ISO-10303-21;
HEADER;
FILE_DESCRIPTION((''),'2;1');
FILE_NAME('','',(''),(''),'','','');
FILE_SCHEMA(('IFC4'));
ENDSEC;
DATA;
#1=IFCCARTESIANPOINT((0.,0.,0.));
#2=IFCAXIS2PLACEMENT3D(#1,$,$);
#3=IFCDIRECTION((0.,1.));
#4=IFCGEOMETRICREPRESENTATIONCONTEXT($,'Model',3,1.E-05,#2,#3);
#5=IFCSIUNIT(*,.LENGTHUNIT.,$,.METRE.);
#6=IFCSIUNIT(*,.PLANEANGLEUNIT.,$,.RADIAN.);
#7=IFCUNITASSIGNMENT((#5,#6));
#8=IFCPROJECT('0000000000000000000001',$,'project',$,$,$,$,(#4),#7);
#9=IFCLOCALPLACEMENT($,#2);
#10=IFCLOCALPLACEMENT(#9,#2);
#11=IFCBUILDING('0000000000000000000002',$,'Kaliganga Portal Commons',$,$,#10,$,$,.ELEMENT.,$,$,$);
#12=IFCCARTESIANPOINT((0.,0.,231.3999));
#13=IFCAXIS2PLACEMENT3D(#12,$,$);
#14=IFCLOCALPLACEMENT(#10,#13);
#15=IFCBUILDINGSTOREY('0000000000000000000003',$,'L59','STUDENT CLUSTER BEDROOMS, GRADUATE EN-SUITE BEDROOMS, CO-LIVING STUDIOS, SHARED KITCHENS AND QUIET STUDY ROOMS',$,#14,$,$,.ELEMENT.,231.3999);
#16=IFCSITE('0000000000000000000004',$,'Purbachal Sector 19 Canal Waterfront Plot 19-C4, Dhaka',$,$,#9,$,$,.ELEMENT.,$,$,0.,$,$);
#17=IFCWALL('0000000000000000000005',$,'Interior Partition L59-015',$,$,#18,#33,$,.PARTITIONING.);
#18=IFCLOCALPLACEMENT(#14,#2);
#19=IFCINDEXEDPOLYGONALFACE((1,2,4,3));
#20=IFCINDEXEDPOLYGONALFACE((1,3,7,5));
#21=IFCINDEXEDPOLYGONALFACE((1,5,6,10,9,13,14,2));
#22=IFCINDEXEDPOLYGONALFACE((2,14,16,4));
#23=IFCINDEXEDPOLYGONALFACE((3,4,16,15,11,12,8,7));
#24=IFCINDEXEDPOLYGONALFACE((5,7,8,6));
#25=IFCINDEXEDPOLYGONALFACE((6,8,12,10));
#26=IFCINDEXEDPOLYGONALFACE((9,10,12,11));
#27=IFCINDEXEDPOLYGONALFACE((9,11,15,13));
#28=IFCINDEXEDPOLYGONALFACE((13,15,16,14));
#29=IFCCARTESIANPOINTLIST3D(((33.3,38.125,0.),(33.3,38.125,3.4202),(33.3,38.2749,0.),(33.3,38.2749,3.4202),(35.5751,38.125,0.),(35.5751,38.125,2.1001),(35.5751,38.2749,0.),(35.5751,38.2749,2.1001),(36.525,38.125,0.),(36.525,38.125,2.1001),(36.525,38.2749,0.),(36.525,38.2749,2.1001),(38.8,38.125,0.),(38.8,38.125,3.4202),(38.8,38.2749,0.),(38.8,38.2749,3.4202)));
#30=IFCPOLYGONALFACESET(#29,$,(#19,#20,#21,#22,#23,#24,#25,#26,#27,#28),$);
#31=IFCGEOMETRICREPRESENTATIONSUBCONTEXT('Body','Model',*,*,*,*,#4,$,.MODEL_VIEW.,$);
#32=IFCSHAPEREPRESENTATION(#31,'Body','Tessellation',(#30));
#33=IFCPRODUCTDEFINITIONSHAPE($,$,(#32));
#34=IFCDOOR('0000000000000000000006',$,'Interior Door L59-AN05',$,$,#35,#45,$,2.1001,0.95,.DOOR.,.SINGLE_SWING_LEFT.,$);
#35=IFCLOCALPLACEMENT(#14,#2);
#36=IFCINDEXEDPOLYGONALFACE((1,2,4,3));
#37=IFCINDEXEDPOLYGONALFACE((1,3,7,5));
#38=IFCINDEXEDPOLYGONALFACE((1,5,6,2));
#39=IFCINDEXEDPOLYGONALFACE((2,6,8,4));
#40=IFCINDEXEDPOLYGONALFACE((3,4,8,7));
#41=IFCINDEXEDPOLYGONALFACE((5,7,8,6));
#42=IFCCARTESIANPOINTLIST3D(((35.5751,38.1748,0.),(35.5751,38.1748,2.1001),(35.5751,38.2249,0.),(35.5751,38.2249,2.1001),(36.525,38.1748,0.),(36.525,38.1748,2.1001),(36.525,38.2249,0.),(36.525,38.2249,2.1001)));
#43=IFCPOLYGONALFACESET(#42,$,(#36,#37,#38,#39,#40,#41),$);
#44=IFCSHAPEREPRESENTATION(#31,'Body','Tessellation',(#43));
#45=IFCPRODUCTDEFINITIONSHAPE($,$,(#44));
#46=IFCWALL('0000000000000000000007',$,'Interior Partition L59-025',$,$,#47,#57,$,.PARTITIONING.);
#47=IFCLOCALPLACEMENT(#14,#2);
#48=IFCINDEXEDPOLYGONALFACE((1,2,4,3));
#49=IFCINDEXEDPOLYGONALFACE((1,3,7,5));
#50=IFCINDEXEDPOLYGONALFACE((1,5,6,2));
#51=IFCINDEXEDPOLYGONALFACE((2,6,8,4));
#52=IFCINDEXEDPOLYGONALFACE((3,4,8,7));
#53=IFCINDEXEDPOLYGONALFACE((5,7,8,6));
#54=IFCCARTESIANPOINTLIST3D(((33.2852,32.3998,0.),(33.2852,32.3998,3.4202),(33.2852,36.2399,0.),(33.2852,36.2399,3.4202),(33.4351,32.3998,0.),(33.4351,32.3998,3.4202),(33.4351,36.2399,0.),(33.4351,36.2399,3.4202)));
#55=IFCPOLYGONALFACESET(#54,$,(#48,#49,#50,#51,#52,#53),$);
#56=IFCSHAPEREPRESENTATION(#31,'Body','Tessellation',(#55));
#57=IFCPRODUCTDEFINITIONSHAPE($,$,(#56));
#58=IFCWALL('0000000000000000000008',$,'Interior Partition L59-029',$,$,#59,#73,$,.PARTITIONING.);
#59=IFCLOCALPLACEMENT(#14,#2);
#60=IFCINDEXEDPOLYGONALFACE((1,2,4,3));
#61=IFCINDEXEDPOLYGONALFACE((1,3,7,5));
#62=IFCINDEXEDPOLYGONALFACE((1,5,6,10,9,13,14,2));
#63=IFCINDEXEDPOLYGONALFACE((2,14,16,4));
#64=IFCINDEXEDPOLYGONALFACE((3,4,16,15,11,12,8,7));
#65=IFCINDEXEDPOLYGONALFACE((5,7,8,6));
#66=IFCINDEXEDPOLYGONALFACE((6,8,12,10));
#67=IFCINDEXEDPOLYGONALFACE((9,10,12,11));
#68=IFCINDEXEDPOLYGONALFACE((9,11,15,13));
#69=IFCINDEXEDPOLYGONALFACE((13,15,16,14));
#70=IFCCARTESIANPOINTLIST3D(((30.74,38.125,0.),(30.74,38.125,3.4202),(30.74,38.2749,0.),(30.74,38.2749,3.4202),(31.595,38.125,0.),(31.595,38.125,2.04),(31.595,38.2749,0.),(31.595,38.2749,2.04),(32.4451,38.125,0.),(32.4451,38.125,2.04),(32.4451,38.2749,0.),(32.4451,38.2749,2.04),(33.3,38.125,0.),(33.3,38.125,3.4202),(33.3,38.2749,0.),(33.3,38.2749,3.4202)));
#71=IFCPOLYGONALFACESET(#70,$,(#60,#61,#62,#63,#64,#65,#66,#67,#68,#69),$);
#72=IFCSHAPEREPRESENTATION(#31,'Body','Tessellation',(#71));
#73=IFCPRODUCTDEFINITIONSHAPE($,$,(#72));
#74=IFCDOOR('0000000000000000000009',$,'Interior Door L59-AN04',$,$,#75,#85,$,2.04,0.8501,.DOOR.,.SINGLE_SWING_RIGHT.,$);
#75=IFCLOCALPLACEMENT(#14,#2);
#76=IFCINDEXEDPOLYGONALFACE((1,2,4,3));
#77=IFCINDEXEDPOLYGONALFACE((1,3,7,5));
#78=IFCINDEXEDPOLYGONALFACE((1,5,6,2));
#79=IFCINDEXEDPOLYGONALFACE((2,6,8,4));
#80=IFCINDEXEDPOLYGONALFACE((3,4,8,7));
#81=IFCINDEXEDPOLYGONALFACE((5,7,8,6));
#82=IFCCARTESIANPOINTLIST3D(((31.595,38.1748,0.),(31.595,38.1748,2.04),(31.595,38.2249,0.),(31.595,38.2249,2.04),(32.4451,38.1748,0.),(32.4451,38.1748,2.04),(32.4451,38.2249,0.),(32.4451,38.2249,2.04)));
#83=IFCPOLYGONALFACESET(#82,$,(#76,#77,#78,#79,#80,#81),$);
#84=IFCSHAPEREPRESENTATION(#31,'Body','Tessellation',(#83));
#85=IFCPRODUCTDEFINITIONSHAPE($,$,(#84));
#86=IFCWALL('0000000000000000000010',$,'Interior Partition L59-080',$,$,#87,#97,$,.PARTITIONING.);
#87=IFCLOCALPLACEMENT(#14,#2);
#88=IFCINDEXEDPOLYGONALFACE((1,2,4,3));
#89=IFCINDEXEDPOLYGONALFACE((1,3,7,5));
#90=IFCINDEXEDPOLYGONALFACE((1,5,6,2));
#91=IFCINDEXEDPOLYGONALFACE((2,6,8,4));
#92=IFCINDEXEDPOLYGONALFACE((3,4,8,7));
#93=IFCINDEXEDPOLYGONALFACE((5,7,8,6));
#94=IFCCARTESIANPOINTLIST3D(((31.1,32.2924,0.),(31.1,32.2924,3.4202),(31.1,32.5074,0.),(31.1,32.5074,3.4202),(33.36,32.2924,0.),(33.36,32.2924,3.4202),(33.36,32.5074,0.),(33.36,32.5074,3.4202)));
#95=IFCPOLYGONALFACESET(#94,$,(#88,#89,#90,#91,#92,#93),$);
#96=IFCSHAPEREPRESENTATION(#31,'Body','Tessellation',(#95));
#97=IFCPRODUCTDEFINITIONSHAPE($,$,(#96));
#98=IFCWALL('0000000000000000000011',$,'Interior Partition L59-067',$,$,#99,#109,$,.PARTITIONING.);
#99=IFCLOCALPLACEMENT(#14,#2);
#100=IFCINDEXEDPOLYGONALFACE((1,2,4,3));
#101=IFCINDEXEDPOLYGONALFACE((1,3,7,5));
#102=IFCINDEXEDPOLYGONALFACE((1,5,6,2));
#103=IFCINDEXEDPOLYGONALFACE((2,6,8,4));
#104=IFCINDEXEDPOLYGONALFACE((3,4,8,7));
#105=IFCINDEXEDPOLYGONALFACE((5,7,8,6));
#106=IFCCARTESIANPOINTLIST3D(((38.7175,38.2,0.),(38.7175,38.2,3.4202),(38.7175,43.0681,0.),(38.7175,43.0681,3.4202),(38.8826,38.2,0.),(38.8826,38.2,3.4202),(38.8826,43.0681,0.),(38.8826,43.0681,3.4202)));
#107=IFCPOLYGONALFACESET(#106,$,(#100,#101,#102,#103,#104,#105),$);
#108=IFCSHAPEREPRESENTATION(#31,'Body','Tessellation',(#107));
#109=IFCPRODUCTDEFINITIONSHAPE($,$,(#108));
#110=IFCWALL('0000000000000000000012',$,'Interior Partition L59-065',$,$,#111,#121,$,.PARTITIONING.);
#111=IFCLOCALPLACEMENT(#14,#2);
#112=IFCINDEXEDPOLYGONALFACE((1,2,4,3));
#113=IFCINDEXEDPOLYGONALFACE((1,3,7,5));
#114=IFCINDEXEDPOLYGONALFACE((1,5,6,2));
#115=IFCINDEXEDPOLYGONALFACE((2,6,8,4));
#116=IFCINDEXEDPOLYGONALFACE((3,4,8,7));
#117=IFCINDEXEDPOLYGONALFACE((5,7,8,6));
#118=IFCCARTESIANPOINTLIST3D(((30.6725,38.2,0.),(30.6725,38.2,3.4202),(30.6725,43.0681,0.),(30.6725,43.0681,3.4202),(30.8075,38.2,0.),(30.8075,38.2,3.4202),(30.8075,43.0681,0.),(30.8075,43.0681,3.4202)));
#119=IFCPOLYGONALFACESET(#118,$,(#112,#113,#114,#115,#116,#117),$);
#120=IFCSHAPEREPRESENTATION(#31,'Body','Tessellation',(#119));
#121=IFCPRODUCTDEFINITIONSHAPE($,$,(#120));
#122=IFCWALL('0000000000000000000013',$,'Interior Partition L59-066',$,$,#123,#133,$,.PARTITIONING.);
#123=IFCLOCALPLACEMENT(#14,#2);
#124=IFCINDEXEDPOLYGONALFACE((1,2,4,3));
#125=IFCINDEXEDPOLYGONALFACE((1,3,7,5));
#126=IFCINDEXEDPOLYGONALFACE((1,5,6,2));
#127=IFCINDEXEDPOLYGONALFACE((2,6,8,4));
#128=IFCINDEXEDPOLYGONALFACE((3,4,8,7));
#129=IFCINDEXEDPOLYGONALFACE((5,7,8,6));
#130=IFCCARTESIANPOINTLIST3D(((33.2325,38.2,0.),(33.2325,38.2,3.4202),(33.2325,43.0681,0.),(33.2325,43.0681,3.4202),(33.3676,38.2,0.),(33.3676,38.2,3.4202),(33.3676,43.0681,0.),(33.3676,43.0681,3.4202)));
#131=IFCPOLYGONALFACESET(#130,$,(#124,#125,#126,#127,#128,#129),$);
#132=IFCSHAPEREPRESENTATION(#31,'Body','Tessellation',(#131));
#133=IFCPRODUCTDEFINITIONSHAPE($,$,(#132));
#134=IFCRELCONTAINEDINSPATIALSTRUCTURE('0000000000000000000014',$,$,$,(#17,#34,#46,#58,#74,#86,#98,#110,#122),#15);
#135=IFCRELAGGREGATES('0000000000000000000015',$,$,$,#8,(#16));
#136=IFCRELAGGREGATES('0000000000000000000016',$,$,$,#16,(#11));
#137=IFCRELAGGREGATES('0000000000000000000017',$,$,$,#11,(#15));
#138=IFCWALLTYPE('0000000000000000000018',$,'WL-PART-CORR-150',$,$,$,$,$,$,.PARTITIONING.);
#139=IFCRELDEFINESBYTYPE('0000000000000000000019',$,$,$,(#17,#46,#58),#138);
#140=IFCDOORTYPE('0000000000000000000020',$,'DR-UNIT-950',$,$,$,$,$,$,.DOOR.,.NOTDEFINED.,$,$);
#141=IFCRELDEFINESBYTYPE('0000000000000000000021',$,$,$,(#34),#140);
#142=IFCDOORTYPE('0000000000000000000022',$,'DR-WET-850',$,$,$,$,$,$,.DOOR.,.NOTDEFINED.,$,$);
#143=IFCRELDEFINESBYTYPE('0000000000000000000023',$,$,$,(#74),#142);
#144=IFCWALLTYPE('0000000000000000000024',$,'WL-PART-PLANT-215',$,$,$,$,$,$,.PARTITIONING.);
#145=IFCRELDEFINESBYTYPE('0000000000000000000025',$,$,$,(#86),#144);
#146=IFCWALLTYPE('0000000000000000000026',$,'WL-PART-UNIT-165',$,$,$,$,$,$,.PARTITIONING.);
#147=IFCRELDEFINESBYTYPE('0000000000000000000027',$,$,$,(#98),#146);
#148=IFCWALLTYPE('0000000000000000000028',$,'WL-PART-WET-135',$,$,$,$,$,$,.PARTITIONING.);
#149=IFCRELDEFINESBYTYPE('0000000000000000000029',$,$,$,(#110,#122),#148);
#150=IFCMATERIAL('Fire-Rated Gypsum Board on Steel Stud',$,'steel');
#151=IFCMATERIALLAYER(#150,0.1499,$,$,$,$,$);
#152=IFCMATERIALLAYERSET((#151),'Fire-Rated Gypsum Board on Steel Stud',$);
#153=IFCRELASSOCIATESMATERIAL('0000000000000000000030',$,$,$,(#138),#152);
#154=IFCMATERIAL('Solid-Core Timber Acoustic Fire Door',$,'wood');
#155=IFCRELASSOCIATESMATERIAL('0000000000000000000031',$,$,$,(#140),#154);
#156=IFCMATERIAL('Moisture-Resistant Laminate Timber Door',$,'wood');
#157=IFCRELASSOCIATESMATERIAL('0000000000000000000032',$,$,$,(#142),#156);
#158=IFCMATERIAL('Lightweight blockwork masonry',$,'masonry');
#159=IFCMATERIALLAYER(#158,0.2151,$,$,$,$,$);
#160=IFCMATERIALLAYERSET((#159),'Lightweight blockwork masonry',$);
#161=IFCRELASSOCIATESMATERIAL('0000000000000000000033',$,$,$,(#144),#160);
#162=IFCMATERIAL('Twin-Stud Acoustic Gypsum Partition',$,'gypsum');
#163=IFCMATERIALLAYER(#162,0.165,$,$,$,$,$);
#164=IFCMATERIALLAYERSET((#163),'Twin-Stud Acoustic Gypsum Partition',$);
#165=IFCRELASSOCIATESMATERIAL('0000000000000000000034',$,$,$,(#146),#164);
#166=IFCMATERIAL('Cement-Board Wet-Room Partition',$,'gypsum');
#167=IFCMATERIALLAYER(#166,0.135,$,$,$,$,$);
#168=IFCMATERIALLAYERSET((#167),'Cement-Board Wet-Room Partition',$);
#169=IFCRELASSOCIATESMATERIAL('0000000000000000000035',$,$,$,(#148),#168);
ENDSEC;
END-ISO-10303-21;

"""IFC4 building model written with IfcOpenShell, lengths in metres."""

from ifc_helpers import new_model, si_unit, direction, frame, frame_2d, origin, place, context, subcontext, project, spatial, rectangle, extrude, material, layer, layer_set, type_object, element, fill, save


model = new_model("IFC4")

# Units and contexts
model_context = context("Model", 3, precision=1e-05, world=origin(), true_north=direction((0.0, 1.0)))
body_context = subcontext(model_context, "Body", "Model", "MODEL_VIEW")
ifc_project = project(units=[si_unit("LENGTHUNIT", "METRE"), si_unit("PLANEANGLEUNIT", "RADIAN")], contexts=[model_context])

# Site, building, storey
site_placement = place(None, origin())
site = spatial("IfcSite", under=ifc_project, at=site_placement, Name="Purbachal Sector 19 Canal Waterfront Plot 19-C4, Dhaka", CompositionType="ELEMENT", RefElevation=0.0)
building_placement = place(site_placement, origin())
building = spatial("IfcBuilding", under=site, at=building_placement, Name="Kaliganga Portal Commons", CompositionType="ELEMENT")
storey_placement = place(building_placement, frame((0.0, 0.0, 231.3999)))
storey = spatial("IfcBuildingStorey", under=building, at=storey_placement, Name="L59", Description="STUDENT CLUSTER BEDROOMS, GRADUATE EN-SUITE BEDROOMS, CO-LIVING STUDIOS, SHARED KITCHENS AND QUIET STUDY ROOMS", CompositionType="ELEMENT", Elevation=231.3999)

# Shared definitions
ifc_material_1 = material(Name="Fire-Rated Gypsum Board on Steel Stud", Category="steel")
ifc_layer_1 = layer(ifc_material_1, 0.1499)
ifc_layer_set_1 = layer_set([ifc_layer_1], Name="Fire-Rated Gypsum Board on Steel Stud")
wall_type_1 = type_object("IfcWallType", Name="WL-PART-CORR-150", PredefinedType="PARTITIONING", material=ifc_layer_set_1)

# Wall, opening, door
wall_1_placement = place(storey_placement, frame((33.3, 38.2, 0.0), z_axis=(0.0, 0.0, 1.0), x_axis=(1.0, 0.0, 0.0)))
wall_1 = element("IfcWall", 1, at=wall_1_placement, inside=storey, type_object=wall_type_1, Name="Interior Partition L59-015", PredefinedType="PARTITIONING", context=body_context, shape_type="SweptSolid", body=[
    extrude(rectangle(XDim=5.5, YDim=0.1499, at=frame_2d((2.75, 0.0))), origin(), (0.0, 0.0, 1.0), 3.4202),
])
opening_1_placement = place(wall_1_placement, frame((2.2749, 0.0, 0.0)))
opening_1 = element("IfcOpeningElement", 2, at=opening_1_placement, cuts=wall_1, PredefinedType="OPENING", context=body_context, shape_type="SweptSolid", body=[
    extrude(rectangle(XDim=0.95, YDim=2.1001, at=frame_2d((0.4751, 1.05))), frame((0.0, 0.085, 0.0), z_axis=(0.0, -1.0, 0.0), x_axis=(1.0, 0.0, 0.0)), (0.0, 0.0, 1.0), 0.1699),
])
ifc_material_2 = material(Name="Solid-Core Timber Acoustic Fire Door", Category="wood")
door_type_1 = type_object("IfcDoorType", Name="DR-UNIT-950", OperationType="NOTDEFINED", PredefinedType="DOOR", material=ifc_material_2)
door_1_placement = place(opening_1_placement, origin())
door_1 = element("IfcDoor", 3, at=door_1_placement, inside=storey, type_object=door_type_1, Name="Interior Door L59-AN05", OperationType="SINGLE_SWING_LEFT", OverallHeight=2.1001, OverallWidth=0.95, PredefinedType="DOOR", context=body_context, shape_type="SweptSolid", body=[
    extrude(rectangle(XDim=0.95, YDim=2.1001, at=frame_2d((0.4751, 1.05))), frame((0.0, 0.0249, 0.0), z_axis=(0.0, -1.0, 0.0), x_axis=(1.0, 0.0, 0.0)), (0.0, 0.0, 1.0), 0.05),
])
fill(opening_1, door_1)

# Wall
wall_2_placement = place(storey_placement, frame((33.3601, 32.3999, 0.0), z_axis=(0.0, 0.0, 1.0), x_axis=(0.0, 1.0, 0.0)))
element("IfcWall", 4, at=wall_2_placement, inside=storey, type_object=wall_type_1, Name="Interior Partition L59-025", PredefinedType="PARTITIONING", context=body_context, shape_type="SweptSolid", body=[
    extrude(rectangle(XDim=3.8401, YDim=0.1499, at=frame_2d((1.9199, 0.0))), origin(), (0.0, 0.0, 1.0), 3.4202),
])

# Wall, opening, door
wall_3_placement = place(storey_placement, frame((30.74, 38.2, 0.0), z_axis=(0.0, 0.0, 1.0), x_axis=(1.0, 0.0, 0.0)))
wall_3 = element("IfcWall", 5, at=wall_3_placement, inside=storey, type_object=wall_type_1, Name="Interior Partition L59-029", PredefinedType="PARTITIONING", context=body_context, shape_type="SweptSolid", body=[
    extrude(rectangle(XDim=2.5601, YDim=0.1499, at=frame_2d((1.28, 0.0))), origin(), (0.0, 0.0, 1.0), 3.4202),
])
opening_2_placement = place(wall_3_placement, frame((0.855, 0.0, 0.0)))
opening_2 = element("IfcOpeningElement", 6, at=opening_2_placement, cuts=wall_3, PredefinedType="OPENING", context=body_context, shape_type="SweptSolid", body=[
    extrude(rectangle(XDim=0.8501, YDim=2.04, at=frame_2d((0.425, 1.02))), frame((0.0, 0.085, 0.0), z_axis=(0.0, -1.0, 0.0), x_axis=(1.0, 0.0, 0.0)), (0.0, 0.0, 1.0), 0.1699),
])
ifc_material_3 = material(Name="Moisture-Resistant Laminate Timber Door", Category="wood")
door_type_2 = type_object("IfcDoorType", Name="DR-WET-850", OperationType="NOTDEFINED", PredefinedType="DOOR", material=ifc_material_3)
door_2_placement = place(opening_2_placement, origin())
door_2 = element("IfcDoor", 7, at=door_2_placement, inside=storey, type_object=door_type_2, Name="Interior Door L59-AN04", OperationType="SINGLE_SWING_RIGHT", OverallHeight=2.04, OverallWidth=0.8501, PredefinedType="DOOR", context=body_context, shape_type="SweptSolid", body=[
    extrude(rectangle(XDim=0.8501, YDim=2.04, at=frame_2d((0.425, 1.02))), frame((0.0, 0.0249, 0.0), z_axis=(0.0, -1.0, 0.0), x_axis=(1.0, 0.0, 0.0)), (0.0, 0.0, 1.0), 0.05),
])
fill(opening_2, door_2)

# Walls
ifc_material_4 = material(Name="Lightweight blockwork masonry", Category="masonry")
ifc_layer_2 = layer(ifc_material_4, 0.2151)
ifc_layer_set_2 = layer_set([ifc_layer_2], Name="Lightweight blockwork masonry")
wall_type_2 = type_object("IfcWallType", Name="WL-PART-PLANT-215", PredefinedType="PARTITIONING", material=ifc_layer_set_2)
wall_4_placement = place(storey_placement, frame((31.1001, 32.3999, 0.0), z_axis=(0.0, 0.0, 1.0), x_axis=(1.0, 0.0, 0.0)))
element("IfcWall", 8, at=wall_4_placement, inside=storey, type_object=wall_type_2, Name="Interior Partition L59-080", PredefinedType="PARTITIONING", context=body_context, shape_type="SweptSolid", body=[
    extrude(rectangle(XDim=2.26, YDim=0.2151, at=frame_2d((1.1299, 0.0))), origin(), (0.0, 0.0, 1.0), 3.4202),
])
ifc_material_5 = material(Name="Twin-Stud Acoustic Gypsum Partition", Category="gypsum")
ifc_layer_3 = layer(ifc_material_5, 0.165)
ifc_layer_set_3 = layer_set([ifc_layer_3], Name="Twin-Stud Acoustic Gypsum Partition")
wall_type_3 = type_object("IfcWallType", Name="WL-PART-UNIT-165", PredefinedType="PARTITIONING", material=ifc_layer_set_3)
wall_5_placement = place(storey_placement, frame((38.8, 38.2, 0.0), z_axis=(0.0, 0.0, 1.0), x_axis=(0.0, 1.0, 0.0)))
element("IfcWall", 9, at=wall_5_placement, inside=storey, type_object=wall_type_3, Name="Interior Partition L59-067", PredefinedType="PARTITIONING", context=body_context, shape_type="SweptSolid", body=[
    extrude(rectangle(XDim=4.8682, YDim=0.165, at=frame_2d((2.4341, 0.0))), origin(), (0.0, 0.0, 1.0), 3.4202),
])
ifc_material_6 = material(Name="Cement-Board Wet-Room Partition", Category="gypsum")
ifc_layer_4 = layer(ifc_material_6, 0.135)
ifc_layer_set_4 = layer_set([ifc_layer_4], Name="Cement-Board Wet-Room Partition")
wall_type_4 = type_object("IfcWallType", Name="WL-PART-WET-135", PredefinedType="PARTITIONING", material=ifc_layer_set_4)
for number, where, z_axis, x_axis, name in (
    (10, (30.74, 38.2, 0.0), (0.0, 0.0, 1.0), (0.0, 1.0, 0.0), "Interior Partition L59-065"),
    (11, (33.3, 38.2, 0.0), (0.0, 0.0, 1.0), (0.0, 1.0, 0.0), "Interior Partition L59-066"),
):
    element("IfcWall", number, at=place(storey_placement, frame(where, z_axis=z_axis, x_axis=x_axis)), inside=storey, type_object=wall_type_4, Name=name, PredefinedType="PARTITIONING", context=body_context, shape_type="SweptSolid", body=[
        extrude(rectangle(XDim=4.8682, YDim=0.135, at=frame_2d((2.4341, 0.0))), origin(), (0.0, 0.0, 1.0), 3.4202),
    ])

save(model, "model.ifc")
